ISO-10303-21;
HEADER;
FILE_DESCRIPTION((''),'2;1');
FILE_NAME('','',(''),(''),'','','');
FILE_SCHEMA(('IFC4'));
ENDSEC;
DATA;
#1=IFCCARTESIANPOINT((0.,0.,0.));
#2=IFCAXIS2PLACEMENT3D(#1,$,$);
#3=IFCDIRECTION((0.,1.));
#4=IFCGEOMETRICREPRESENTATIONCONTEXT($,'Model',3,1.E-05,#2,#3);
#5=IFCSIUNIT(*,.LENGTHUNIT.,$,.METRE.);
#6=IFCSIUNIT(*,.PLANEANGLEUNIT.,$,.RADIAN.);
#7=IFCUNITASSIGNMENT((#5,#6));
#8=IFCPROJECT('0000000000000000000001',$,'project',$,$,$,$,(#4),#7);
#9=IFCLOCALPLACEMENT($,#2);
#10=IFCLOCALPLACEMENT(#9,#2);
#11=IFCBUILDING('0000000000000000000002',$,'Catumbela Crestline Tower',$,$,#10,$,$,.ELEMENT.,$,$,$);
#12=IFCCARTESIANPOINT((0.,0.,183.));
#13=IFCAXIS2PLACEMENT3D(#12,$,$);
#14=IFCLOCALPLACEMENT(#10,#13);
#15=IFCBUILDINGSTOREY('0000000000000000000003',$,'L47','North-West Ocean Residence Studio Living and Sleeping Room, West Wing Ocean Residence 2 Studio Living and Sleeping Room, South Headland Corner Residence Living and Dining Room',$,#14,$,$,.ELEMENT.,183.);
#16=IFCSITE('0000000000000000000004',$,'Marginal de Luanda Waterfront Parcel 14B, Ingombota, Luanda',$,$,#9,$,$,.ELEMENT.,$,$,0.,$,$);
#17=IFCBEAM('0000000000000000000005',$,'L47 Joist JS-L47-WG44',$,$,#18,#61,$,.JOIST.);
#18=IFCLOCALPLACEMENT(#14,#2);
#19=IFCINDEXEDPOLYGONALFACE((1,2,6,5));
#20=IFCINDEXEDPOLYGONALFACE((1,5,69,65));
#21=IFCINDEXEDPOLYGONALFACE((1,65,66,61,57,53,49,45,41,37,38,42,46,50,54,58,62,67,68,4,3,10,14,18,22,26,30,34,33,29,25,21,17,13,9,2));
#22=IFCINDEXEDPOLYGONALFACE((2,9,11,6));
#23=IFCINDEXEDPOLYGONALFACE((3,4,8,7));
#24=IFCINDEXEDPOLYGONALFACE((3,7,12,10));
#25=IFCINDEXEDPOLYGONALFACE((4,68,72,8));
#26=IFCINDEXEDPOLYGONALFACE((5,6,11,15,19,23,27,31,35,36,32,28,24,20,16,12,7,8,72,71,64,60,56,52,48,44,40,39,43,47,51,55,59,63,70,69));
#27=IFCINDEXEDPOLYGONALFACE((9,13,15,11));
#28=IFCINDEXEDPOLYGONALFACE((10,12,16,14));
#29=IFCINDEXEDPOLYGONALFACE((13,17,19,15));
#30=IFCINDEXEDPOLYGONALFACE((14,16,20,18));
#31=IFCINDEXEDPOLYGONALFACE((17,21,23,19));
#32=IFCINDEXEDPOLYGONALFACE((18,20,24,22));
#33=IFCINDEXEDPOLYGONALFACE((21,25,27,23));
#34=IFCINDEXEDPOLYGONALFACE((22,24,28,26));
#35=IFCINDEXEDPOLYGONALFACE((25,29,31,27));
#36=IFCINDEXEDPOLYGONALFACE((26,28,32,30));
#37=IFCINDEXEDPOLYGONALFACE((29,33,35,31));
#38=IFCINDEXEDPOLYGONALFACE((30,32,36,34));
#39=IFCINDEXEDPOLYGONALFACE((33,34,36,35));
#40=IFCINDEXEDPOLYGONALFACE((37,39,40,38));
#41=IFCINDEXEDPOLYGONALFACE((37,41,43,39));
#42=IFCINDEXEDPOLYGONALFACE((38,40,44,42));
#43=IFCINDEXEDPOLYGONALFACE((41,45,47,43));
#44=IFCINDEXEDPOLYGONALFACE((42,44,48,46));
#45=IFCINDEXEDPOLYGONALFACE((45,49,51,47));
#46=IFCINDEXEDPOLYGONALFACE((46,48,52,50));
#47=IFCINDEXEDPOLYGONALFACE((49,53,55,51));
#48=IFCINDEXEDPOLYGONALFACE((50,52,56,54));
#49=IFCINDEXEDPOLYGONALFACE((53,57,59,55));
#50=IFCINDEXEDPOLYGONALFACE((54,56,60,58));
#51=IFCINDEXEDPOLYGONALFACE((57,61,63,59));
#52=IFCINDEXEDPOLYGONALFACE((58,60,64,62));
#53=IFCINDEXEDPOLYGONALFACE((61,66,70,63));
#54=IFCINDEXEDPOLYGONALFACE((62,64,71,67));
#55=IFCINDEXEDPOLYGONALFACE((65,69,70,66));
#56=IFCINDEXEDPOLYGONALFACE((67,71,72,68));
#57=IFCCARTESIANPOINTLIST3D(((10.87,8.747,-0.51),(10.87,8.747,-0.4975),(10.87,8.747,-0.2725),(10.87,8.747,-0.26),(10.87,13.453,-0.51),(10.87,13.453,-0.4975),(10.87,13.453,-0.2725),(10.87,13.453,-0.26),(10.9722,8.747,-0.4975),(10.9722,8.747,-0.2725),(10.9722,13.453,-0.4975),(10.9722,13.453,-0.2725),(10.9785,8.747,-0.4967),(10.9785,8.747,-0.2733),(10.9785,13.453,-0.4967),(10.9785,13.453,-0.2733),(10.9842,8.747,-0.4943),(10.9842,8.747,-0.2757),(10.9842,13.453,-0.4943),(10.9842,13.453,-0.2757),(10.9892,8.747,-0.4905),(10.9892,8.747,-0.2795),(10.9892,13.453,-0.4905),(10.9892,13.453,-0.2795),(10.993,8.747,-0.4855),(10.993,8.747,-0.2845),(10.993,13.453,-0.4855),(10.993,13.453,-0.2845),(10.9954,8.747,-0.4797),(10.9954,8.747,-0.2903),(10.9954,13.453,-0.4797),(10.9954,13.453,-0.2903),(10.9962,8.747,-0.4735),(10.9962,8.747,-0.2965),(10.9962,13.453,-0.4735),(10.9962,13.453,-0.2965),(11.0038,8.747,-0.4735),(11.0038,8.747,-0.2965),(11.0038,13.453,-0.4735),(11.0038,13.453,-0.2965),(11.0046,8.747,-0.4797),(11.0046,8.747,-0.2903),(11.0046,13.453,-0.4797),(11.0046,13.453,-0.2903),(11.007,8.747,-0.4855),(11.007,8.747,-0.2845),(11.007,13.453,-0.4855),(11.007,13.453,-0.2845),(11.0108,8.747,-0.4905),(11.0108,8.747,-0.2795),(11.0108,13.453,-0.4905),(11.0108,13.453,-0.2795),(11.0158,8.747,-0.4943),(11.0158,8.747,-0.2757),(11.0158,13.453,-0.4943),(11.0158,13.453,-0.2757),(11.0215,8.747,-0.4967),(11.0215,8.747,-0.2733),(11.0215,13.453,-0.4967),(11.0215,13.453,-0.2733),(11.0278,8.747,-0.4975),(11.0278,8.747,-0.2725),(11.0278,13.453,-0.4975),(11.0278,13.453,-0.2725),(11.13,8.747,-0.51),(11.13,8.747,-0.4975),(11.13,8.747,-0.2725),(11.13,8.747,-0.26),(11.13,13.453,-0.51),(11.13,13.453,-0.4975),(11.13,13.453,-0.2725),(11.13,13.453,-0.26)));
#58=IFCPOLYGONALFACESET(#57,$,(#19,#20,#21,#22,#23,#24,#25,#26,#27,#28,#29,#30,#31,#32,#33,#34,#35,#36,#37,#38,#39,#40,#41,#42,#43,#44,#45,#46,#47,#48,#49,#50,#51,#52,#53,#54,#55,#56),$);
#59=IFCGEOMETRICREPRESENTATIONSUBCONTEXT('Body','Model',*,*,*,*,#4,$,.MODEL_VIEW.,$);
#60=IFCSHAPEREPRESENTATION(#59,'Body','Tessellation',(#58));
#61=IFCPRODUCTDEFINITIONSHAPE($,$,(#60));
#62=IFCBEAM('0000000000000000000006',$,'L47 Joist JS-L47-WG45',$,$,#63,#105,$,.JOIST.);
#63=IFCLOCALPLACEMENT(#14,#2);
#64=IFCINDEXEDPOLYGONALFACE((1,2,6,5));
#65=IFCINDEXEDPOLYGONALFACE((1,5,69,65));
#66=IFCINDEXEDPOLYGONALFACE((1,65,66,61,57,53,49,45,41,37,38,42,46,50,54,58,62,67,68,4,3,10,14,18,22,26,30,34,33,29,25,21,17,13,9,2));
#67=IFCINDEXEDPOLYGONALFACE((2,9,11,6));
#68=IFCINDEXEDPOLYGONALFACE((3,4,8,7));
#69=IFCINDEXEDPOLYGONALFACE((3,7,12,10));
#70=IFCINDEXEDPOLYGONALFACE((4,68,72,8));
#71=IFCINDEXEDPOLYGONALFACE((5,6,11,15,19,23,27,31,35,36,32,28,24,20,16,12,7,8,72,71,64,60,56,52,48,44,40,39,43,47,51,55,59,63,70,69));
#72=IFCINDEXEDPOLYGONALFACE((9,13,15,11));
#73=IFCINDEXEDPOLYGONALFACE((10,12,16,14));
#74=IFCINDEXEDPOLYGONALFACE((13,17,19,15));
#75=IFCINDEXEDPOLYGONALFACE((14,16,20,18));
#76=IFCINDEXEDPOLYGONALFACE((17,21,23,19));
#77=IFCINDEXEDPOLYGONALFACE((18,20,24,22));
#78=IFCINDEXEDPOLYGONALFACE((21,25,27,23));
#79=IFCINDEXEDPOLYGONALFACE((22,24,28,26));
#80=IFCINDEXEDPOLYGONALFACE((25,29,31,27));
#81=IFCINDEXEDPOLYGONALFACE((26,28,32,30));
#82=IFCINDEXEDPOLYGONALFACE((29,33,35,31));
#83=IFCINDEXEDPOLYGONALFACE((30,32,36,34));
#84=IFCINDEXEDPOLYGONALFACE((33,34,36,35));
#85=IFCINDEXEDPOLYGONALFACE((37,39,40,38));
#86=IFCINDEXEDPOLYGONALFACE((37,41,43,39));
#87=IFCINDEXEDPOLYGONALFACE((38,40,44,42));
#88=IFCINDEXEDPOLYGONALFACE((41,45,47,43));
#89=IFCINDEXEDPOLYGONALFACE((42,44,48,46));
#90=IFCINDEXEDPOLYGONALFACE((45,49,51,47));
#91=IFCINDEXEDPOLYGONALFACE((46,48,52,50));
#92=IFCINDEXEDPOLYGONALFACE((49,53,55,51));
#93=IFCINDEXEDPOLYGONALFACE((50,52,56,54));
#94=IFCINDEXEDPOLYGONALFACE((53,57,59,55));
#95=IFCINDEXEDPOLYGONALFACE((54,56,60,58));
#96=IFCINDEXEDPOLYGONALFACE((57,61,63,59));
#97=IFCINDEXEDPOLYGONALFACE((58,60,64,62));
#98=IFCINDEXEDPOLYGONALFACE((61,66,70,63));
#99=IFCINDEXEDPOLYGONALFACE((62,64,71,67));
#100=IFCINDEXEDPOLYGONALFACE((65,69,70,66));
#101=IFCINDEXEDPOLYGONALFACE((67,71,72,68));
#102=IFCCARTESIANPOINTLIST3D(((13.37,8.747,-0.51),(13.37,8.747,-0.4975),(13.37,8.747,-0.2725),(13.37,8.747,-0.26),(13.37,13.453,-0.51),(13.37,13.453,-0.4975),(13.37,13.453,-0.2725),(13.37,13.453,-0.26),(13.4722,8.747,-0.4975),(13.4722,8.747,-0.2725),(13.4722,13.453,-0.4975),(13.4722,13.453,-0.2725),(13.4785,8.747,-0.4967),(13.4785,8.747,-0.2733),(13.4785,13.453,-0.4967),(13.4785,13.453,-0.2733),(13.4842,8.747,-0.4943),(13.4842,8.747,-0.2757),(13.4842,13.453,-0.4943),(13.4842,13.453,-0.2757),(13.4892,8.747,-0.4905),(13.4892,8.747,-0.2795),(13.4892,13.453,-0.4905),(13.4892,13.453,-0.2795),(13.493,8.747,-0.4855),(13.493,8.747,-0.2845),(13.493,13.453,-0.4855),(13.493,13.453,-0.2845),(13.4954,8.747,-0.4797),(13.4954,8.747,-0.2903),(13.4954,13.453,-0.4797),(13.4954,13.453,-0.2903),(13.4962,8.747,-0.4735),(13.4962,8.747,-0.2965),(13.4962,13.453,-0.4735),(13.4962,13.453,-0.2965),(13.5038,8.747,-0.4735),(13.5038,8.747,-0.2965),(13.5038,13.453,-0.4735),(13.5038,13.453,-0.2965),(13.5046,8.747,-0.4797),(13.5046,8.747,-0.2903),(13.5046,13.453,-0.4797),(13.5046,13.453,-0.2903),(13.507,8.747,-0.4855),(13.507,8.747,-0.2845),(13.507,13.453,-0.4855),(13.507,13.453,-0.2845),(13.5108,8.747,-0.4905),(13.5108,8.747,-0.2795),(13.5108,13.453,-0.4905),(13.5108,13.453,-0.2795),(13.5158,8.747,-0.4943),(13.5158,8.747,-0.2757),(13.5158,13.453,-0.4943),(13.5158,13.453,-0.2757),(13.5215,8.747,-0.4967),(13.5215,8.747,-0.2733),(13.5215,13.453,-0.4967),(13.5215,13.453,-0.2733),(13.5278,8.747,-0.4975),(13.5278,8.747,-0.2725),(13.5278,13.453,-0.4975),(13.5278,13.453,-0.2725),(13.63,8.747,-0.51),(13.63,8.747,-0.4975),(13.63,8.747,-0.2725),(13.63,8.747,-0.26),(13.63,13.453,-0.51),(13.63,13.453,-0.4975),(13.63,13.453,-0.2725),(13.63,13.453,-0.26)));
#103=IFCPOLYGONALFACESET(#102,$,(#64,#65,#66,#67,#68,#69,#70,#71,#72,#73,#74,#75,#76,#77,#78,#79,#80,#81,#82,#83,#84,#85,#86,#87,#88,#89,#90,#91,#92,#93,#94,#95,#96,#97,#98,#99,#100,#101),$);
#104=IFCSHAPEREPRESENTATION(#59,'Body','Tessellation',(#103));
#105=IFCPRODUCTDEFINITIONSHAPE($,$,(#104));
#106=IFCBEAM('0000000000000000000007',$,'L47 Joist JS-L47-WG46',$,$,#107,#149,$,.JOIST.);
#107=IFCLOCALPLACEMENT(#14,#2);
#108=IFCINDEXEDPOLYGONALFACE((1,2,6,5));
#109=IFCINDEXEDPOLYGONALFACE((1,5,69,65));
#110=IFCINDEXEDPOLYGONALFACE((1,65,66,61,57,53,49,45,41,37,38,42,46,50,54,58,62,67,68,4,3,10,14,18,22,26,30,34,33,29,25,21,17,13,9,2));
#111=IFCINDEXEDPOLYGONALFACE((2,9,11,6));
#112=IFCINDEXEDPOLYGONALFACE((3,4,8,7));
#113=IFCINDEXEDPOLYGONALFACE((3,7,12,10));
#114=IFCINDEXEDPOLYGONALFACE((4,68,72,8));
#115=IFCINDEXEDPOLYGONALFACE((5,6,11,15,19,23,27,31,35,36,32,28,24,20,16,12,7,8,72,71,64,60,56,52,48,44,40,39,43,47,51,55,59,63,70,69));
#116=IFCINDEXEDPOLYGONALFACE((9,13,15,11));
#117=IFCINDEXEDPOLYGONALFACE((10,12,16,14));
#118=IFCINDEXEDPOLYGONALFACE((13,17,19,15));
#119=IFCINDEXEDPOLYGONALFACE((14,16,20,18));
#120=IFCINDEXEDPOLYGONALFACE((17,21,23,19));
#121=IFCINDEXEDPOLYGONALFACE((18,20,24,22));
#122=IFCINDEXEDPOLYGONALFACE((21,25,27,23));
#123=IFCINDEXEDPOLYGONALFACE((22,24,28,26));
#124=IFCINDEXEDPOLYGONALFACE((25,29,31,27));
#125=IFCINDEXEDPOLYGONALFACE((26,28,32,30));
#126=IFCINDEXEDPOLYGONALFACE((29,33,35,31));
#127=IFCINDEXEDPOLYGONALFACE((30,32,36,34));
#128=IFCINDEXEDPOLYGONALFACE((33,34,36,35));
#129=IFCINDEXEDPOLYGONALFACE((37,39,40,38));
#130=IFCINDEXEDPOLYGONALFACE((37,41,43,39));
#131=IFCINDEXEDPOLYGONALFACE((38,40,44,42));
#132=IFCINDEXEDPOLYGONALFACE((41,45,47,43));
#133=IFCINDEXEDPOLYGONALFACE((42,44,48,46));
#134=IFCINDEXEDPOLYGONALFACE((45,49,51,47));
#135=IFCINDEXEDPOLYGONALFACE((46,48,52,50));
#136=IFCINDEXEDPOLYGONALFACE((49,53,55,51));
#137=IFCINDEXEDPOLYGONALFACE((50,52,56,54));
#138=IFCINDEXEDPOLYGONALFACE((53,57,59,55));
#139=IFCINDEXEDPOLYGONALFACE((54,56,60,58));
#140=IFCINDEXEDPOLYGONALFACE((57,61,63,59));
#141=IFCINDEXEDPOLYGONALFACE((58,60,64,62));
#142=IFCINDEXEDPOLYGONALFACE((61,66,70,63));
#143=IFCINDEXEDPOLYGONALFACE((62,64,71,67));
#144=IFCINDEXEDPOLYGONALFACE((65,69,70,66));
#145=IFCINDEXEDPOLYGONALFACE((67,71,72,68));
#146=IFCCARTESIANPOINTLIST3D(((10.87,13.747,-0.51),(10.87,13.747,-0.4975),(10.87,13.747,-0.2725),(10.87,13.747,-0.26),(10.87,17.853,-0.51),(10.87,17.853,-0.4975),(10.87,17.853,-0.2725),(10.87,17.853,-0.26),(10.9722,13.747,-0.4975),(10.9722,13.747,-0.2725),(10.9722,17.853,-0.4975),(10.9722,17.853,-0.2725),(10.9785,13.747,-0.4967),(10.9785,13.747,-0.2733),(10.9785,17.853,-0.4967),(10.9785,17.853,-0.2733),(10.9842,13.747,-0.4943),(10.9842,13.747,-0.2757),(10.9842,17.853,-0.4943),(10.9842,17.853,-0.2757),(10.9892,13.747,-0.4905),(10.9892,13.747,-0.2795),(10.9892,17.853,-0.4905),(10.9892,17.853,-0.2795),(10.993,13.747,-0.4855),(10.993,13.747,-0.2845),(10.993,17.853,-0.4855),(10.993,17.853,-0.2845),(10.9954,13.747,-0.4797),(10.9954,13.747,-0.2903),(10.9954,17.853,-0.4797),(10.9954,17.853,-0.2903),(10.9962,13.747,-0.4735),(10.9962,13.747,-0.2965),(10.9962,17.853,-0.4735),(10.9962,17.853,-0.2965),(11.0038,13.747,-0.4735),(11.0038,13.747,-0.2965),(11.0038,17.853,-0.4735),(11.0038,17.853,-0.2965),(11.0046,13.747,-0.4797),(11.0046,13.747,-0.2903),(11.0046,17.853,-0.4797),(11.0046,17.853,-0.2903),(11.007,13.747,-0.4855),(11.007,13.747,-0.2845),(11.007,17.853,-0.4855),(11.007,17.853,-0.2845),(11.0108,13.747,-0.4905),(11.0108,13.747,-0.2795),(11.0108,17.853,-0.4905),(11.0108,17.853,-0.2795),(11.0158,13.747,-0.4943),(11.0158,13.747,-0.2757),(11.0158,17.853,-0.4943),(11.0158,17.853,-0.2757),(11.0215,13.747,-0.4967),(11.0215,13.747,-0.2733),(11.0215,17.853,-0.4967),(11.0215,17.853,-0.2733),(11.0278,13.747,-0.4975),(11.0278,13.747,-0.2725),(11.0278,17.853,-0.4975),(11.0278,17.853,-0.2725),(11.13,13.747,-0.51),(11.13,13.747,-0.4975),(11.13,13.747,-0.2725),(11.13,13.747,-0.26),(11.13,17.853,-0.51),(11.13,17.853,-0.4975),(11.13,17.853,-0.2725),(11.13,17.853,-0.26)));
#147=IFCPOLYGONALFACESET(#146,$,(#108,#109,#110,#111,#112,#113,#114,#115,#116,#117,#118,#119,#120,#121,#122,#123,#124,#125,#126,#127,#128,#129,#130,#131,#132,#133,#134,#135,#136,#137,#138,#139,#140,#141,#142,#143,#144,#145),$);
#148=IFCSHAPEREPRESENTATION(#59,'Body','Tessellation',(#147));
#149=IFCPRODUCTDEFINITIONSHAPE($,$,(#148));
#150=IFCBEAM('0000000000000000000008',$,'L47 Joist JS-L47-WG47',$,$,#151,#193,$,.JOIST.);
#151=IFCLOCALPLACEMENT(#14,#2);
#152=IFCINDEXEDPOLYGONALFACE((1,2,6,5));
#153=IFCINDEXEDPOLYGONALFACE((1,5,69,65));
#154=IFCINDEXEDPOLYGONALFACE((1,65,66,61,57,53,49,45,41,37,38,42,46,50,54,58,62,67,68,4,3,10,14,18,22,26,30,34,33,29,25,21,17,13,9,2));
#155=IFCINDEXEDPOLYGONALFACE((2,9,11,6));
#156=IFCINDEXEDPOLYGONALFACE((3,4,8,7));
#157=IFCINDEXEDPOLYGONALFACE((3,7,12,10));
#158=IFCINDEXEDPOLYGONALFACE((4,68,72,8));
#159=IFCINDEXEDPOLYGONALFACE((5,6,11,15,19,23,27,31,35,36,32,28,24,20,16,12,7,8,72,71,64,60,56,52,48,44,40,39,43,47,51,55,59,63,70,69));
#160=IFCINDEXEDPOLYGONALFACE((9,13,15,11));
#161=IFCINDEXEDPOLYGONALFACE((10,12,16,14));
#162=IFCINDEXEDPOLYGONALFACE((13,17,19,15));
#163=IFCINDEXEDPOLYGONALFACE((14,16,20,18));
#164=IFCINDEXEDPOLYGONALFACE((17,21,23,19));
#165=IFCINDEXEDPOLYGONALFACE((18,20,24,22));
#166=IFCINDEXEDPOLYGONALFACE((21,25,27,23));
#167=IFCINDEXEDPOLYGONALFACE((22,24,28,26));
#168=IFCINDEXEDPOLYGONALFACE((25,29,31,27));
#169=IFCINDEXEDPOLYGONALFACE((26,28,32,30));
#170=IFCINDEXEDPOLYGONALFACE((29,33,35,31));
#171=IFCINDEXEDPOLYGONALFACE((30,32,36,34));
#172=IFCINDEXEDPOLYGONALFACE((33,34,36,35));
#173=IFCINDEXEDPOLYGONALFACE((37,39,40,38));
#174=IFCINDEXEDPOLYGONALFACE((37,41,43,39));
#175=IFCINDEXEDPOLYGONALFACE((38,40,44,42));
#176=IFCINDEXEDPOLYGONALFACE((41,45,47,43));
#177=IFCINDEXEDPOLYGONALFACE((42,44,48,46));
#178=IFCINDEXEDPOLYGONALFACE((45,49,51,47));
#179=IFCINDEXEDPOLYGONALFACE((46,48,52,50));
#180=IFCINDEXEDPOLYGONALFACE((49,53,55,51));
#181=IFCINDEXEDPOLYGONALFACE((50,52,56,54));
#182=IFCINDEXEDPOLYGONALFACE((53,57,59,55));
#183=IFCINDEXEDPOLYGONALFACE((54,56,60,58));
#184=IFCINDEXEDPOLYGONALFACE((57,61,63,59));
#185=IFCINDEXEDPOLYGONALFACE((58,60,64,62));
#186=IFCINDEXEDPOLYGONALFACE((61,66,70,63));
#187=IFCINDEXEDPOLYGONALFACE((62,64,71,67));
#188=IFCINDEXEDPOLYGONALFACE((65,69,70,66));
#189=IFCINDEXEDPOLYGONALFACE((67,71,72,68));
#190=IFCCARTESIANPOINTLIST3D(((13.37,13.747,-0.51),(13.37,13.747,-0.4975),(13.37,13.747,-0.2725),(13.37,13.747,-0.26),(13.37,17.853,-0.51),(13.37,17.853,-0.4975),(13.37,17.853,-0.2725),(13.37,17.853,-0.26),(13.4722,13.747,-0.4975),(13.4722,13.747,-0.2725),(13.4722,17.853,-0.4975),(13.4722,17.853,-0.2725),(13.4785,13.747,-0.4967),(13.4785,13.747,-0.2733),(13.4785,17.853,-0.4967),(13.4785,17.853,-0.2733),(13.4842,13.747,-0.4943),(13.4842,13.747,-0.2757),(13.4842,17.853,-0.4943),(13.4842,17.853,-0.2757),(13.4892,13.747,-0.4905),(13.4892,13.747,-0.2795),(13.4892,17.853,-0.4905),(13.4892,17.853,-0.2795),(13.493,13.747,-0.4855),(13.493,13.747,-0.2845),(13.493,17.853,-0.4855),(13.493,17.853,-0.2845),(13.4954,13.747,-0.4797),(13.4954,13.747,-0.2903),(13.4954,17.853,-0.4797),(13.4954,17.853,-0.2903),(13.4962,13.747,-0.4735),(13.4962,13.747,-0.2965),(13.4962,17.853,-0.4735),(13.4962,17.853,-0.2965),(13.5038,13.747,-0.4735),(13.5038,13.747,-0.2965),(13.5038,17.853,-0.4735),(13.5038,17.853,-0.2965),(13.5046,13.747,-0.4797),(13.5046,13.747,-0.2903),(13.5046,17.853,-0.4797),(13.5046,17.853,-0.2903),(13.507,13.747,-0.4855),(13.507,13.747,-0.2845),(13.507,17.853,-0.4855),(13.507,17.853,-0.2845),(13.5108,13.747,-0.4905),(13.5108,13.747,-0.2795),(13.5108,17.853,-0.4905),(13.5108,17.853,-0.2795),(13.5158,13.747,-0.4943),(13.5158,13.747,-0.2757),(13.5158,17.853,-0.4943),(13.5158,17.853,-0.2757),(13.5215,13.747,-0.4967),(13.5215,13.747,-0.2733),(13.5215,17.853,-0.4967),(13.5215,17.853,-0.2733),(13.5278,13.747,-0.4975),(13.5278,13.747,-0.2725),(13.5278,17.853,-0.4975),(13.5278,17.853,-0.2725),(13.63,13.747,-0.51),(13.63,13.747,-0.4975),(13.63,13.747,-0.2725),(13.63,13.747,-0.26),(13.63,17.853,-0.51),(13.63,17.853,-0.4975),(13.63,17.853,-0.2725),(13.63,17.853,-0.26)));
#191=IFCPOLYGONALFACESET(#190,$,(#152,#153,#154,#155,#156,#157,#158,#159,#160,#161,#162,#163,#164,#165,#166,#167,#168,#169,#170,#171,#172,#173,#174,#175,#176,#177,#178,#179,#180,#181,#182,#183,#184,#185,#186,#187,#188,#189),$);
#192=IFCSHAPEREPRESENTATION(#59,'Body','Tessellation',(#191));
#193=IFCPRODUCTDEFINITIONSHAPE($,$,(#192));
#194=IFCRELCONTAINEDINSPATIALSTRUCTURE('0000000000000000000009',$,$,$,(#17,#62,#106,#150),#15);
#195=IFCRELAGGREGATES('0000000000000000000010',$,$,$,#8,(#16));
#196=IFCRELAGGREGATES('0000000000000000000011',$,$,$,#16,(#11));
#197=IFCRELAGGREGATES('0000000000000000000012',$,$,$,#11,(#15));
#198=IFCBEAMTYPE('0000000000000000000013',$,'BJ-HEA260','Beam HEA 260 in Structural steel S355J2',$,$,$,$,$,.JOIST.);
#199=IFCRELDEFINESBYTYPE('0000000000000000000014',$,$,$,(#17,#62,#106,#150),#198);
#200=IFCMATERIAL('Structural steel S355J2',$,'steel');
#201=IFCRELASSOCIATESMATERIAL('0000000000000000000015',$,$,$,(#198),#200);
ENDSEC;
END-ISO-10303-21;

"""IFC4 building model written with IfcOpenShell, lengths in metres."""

from ifc_helpers import new_model, si_unit, direction, frame, origin, origin_2d, place, context, subcontext, project, spatial, i_section, extrude, material, material_profile, profile_set, type_object, element, save


model = new_model("IFC4")

# Units and contexts
model_context = context("Model", 3, precision=1e-05, world=origin(), true_north=direction((0.0, 1.0)))
body_context = subcontext(model_context, "Body", "Model", "MODEL_VIEW")
ifc_project = project(units=[si_unit("LENGTHUNIT", "METRE"), si_unit("PLANEANGLEUNIT", "RADIAN")], contexts=[model_context])

# Site, building, storey
site_placement = place(None, origin())
site = spatial("IfcSite", under=ifc_project, at=site_placement, Name="Marginal de Luanda Waterfront Parcel 14B, Ingombota, Luanda", CompositionType="ELEMENT", RefElevation=0.0)
building_placement = place(site_placement, origin())
building = spatial("IfcBuilding", under=site, at=building_placement, Name="Catumbela Crestline Tower", CompositionType="ELEMENT")
storey_placement = place(building_placement, frame((0.0, 0.0, 183.0)))
storey = spatial("IfcBuildingStorey", under=building, at=storey_placement, Name="L47", Description="North-West Ocean Residence Studio Living and Sleeping Room, West Wing Ocean Residence 2 Studio Living and Sleeping Room, South Headland Corner Residence Living and Dining Room", CompositionType="ELEMENT", Elevation=183.0)

# Shared definitions
ifc_material_1 = material(Name="Structural steel S355J2", Category="steel")

# Beams
ifc_material_profile_1 = material_profile(ifc_material_1, i_section(OverallWidth=0.26, OverallDepth=0.25, WebThickness=0.0075, FlangeThickness=0.0125, FilletRadius=0.024, at=origin_2d()), Name="HEA 260")
ifc_profile_set_1 = profile_set([ifc_material_profile_1], Name="Structural steel S355J2")
beam_type_1 = type_object("IfcBeamType", Name="BJ-HEA260", Description="Beam HEA 260 in Structural steel S355J2", PredefinedType="JOIST", material=ifc_profile_set_1)
for number, where, z_axis, x_axis, name in (
    (1, (11.0, 8.747, -0.385), (0.0, 1.0, 0.0), (-1.0, 0.0, 0.0), "L47 Joist JS-L47-WG44"),
    (2, (13.5, 8.747, -0.385), (0.0, 1.0, 0.0), (-1.0, 0.0, 0.0), "L47 Joist JS-L47-WG45"),
):
    element("IfcBeam", number, at=place(storey_placement, frame(where, z_axis=z_axis, x_axis=x_axis)), inside=storey, type_object=beam_type_1, Name=name, PredefinedType="JOIST", context=body_context, shape_type="SweptSolid", body=[
        extrude(i_section(OverallWidth=0.26, OverallDepth=0.25, WebThickness=0.0075, FlangeThickness=0.0125, FilletRadius=0.024, at=origin_2d()), origin(), (0.0, 0.0, 1.0), 4.706),
    ])
for number, where, z_axis, x_axis, name in (
    (3, (11.0, 13.747, -0.385), (0.0, 1.0, 0.0), (-1.0, 0.0, 0.0), "L47 Joist JS-L47-WG46"),
    (4, (13.5, 13.747, -0.385), (0.0, 1.0, 0.0), (-1.0, 0.0, 0.0), "L47 Joist JS-L47-WG47"),
):
    element("IfcBeam", number, at=place(storey_placement, frame(where, z_axis=z_axis, x_axis=x_axis)), inside=storey, type_object=beam_type_1, Name=name, PredefinedType="JOIST", context=body_context, shape_type="SweptSolid", body=[
        extrude(i_section(OverallWidth=0.26, OverallDepth=0.25, WebThickness=0.0075, FlangeThickness=0.0125, FilletRadius=0.024, at=origin_2d()), origin(), (0.0, 0.0, 1.0), 4.106),
    ])

save(model, "model.ifc")
